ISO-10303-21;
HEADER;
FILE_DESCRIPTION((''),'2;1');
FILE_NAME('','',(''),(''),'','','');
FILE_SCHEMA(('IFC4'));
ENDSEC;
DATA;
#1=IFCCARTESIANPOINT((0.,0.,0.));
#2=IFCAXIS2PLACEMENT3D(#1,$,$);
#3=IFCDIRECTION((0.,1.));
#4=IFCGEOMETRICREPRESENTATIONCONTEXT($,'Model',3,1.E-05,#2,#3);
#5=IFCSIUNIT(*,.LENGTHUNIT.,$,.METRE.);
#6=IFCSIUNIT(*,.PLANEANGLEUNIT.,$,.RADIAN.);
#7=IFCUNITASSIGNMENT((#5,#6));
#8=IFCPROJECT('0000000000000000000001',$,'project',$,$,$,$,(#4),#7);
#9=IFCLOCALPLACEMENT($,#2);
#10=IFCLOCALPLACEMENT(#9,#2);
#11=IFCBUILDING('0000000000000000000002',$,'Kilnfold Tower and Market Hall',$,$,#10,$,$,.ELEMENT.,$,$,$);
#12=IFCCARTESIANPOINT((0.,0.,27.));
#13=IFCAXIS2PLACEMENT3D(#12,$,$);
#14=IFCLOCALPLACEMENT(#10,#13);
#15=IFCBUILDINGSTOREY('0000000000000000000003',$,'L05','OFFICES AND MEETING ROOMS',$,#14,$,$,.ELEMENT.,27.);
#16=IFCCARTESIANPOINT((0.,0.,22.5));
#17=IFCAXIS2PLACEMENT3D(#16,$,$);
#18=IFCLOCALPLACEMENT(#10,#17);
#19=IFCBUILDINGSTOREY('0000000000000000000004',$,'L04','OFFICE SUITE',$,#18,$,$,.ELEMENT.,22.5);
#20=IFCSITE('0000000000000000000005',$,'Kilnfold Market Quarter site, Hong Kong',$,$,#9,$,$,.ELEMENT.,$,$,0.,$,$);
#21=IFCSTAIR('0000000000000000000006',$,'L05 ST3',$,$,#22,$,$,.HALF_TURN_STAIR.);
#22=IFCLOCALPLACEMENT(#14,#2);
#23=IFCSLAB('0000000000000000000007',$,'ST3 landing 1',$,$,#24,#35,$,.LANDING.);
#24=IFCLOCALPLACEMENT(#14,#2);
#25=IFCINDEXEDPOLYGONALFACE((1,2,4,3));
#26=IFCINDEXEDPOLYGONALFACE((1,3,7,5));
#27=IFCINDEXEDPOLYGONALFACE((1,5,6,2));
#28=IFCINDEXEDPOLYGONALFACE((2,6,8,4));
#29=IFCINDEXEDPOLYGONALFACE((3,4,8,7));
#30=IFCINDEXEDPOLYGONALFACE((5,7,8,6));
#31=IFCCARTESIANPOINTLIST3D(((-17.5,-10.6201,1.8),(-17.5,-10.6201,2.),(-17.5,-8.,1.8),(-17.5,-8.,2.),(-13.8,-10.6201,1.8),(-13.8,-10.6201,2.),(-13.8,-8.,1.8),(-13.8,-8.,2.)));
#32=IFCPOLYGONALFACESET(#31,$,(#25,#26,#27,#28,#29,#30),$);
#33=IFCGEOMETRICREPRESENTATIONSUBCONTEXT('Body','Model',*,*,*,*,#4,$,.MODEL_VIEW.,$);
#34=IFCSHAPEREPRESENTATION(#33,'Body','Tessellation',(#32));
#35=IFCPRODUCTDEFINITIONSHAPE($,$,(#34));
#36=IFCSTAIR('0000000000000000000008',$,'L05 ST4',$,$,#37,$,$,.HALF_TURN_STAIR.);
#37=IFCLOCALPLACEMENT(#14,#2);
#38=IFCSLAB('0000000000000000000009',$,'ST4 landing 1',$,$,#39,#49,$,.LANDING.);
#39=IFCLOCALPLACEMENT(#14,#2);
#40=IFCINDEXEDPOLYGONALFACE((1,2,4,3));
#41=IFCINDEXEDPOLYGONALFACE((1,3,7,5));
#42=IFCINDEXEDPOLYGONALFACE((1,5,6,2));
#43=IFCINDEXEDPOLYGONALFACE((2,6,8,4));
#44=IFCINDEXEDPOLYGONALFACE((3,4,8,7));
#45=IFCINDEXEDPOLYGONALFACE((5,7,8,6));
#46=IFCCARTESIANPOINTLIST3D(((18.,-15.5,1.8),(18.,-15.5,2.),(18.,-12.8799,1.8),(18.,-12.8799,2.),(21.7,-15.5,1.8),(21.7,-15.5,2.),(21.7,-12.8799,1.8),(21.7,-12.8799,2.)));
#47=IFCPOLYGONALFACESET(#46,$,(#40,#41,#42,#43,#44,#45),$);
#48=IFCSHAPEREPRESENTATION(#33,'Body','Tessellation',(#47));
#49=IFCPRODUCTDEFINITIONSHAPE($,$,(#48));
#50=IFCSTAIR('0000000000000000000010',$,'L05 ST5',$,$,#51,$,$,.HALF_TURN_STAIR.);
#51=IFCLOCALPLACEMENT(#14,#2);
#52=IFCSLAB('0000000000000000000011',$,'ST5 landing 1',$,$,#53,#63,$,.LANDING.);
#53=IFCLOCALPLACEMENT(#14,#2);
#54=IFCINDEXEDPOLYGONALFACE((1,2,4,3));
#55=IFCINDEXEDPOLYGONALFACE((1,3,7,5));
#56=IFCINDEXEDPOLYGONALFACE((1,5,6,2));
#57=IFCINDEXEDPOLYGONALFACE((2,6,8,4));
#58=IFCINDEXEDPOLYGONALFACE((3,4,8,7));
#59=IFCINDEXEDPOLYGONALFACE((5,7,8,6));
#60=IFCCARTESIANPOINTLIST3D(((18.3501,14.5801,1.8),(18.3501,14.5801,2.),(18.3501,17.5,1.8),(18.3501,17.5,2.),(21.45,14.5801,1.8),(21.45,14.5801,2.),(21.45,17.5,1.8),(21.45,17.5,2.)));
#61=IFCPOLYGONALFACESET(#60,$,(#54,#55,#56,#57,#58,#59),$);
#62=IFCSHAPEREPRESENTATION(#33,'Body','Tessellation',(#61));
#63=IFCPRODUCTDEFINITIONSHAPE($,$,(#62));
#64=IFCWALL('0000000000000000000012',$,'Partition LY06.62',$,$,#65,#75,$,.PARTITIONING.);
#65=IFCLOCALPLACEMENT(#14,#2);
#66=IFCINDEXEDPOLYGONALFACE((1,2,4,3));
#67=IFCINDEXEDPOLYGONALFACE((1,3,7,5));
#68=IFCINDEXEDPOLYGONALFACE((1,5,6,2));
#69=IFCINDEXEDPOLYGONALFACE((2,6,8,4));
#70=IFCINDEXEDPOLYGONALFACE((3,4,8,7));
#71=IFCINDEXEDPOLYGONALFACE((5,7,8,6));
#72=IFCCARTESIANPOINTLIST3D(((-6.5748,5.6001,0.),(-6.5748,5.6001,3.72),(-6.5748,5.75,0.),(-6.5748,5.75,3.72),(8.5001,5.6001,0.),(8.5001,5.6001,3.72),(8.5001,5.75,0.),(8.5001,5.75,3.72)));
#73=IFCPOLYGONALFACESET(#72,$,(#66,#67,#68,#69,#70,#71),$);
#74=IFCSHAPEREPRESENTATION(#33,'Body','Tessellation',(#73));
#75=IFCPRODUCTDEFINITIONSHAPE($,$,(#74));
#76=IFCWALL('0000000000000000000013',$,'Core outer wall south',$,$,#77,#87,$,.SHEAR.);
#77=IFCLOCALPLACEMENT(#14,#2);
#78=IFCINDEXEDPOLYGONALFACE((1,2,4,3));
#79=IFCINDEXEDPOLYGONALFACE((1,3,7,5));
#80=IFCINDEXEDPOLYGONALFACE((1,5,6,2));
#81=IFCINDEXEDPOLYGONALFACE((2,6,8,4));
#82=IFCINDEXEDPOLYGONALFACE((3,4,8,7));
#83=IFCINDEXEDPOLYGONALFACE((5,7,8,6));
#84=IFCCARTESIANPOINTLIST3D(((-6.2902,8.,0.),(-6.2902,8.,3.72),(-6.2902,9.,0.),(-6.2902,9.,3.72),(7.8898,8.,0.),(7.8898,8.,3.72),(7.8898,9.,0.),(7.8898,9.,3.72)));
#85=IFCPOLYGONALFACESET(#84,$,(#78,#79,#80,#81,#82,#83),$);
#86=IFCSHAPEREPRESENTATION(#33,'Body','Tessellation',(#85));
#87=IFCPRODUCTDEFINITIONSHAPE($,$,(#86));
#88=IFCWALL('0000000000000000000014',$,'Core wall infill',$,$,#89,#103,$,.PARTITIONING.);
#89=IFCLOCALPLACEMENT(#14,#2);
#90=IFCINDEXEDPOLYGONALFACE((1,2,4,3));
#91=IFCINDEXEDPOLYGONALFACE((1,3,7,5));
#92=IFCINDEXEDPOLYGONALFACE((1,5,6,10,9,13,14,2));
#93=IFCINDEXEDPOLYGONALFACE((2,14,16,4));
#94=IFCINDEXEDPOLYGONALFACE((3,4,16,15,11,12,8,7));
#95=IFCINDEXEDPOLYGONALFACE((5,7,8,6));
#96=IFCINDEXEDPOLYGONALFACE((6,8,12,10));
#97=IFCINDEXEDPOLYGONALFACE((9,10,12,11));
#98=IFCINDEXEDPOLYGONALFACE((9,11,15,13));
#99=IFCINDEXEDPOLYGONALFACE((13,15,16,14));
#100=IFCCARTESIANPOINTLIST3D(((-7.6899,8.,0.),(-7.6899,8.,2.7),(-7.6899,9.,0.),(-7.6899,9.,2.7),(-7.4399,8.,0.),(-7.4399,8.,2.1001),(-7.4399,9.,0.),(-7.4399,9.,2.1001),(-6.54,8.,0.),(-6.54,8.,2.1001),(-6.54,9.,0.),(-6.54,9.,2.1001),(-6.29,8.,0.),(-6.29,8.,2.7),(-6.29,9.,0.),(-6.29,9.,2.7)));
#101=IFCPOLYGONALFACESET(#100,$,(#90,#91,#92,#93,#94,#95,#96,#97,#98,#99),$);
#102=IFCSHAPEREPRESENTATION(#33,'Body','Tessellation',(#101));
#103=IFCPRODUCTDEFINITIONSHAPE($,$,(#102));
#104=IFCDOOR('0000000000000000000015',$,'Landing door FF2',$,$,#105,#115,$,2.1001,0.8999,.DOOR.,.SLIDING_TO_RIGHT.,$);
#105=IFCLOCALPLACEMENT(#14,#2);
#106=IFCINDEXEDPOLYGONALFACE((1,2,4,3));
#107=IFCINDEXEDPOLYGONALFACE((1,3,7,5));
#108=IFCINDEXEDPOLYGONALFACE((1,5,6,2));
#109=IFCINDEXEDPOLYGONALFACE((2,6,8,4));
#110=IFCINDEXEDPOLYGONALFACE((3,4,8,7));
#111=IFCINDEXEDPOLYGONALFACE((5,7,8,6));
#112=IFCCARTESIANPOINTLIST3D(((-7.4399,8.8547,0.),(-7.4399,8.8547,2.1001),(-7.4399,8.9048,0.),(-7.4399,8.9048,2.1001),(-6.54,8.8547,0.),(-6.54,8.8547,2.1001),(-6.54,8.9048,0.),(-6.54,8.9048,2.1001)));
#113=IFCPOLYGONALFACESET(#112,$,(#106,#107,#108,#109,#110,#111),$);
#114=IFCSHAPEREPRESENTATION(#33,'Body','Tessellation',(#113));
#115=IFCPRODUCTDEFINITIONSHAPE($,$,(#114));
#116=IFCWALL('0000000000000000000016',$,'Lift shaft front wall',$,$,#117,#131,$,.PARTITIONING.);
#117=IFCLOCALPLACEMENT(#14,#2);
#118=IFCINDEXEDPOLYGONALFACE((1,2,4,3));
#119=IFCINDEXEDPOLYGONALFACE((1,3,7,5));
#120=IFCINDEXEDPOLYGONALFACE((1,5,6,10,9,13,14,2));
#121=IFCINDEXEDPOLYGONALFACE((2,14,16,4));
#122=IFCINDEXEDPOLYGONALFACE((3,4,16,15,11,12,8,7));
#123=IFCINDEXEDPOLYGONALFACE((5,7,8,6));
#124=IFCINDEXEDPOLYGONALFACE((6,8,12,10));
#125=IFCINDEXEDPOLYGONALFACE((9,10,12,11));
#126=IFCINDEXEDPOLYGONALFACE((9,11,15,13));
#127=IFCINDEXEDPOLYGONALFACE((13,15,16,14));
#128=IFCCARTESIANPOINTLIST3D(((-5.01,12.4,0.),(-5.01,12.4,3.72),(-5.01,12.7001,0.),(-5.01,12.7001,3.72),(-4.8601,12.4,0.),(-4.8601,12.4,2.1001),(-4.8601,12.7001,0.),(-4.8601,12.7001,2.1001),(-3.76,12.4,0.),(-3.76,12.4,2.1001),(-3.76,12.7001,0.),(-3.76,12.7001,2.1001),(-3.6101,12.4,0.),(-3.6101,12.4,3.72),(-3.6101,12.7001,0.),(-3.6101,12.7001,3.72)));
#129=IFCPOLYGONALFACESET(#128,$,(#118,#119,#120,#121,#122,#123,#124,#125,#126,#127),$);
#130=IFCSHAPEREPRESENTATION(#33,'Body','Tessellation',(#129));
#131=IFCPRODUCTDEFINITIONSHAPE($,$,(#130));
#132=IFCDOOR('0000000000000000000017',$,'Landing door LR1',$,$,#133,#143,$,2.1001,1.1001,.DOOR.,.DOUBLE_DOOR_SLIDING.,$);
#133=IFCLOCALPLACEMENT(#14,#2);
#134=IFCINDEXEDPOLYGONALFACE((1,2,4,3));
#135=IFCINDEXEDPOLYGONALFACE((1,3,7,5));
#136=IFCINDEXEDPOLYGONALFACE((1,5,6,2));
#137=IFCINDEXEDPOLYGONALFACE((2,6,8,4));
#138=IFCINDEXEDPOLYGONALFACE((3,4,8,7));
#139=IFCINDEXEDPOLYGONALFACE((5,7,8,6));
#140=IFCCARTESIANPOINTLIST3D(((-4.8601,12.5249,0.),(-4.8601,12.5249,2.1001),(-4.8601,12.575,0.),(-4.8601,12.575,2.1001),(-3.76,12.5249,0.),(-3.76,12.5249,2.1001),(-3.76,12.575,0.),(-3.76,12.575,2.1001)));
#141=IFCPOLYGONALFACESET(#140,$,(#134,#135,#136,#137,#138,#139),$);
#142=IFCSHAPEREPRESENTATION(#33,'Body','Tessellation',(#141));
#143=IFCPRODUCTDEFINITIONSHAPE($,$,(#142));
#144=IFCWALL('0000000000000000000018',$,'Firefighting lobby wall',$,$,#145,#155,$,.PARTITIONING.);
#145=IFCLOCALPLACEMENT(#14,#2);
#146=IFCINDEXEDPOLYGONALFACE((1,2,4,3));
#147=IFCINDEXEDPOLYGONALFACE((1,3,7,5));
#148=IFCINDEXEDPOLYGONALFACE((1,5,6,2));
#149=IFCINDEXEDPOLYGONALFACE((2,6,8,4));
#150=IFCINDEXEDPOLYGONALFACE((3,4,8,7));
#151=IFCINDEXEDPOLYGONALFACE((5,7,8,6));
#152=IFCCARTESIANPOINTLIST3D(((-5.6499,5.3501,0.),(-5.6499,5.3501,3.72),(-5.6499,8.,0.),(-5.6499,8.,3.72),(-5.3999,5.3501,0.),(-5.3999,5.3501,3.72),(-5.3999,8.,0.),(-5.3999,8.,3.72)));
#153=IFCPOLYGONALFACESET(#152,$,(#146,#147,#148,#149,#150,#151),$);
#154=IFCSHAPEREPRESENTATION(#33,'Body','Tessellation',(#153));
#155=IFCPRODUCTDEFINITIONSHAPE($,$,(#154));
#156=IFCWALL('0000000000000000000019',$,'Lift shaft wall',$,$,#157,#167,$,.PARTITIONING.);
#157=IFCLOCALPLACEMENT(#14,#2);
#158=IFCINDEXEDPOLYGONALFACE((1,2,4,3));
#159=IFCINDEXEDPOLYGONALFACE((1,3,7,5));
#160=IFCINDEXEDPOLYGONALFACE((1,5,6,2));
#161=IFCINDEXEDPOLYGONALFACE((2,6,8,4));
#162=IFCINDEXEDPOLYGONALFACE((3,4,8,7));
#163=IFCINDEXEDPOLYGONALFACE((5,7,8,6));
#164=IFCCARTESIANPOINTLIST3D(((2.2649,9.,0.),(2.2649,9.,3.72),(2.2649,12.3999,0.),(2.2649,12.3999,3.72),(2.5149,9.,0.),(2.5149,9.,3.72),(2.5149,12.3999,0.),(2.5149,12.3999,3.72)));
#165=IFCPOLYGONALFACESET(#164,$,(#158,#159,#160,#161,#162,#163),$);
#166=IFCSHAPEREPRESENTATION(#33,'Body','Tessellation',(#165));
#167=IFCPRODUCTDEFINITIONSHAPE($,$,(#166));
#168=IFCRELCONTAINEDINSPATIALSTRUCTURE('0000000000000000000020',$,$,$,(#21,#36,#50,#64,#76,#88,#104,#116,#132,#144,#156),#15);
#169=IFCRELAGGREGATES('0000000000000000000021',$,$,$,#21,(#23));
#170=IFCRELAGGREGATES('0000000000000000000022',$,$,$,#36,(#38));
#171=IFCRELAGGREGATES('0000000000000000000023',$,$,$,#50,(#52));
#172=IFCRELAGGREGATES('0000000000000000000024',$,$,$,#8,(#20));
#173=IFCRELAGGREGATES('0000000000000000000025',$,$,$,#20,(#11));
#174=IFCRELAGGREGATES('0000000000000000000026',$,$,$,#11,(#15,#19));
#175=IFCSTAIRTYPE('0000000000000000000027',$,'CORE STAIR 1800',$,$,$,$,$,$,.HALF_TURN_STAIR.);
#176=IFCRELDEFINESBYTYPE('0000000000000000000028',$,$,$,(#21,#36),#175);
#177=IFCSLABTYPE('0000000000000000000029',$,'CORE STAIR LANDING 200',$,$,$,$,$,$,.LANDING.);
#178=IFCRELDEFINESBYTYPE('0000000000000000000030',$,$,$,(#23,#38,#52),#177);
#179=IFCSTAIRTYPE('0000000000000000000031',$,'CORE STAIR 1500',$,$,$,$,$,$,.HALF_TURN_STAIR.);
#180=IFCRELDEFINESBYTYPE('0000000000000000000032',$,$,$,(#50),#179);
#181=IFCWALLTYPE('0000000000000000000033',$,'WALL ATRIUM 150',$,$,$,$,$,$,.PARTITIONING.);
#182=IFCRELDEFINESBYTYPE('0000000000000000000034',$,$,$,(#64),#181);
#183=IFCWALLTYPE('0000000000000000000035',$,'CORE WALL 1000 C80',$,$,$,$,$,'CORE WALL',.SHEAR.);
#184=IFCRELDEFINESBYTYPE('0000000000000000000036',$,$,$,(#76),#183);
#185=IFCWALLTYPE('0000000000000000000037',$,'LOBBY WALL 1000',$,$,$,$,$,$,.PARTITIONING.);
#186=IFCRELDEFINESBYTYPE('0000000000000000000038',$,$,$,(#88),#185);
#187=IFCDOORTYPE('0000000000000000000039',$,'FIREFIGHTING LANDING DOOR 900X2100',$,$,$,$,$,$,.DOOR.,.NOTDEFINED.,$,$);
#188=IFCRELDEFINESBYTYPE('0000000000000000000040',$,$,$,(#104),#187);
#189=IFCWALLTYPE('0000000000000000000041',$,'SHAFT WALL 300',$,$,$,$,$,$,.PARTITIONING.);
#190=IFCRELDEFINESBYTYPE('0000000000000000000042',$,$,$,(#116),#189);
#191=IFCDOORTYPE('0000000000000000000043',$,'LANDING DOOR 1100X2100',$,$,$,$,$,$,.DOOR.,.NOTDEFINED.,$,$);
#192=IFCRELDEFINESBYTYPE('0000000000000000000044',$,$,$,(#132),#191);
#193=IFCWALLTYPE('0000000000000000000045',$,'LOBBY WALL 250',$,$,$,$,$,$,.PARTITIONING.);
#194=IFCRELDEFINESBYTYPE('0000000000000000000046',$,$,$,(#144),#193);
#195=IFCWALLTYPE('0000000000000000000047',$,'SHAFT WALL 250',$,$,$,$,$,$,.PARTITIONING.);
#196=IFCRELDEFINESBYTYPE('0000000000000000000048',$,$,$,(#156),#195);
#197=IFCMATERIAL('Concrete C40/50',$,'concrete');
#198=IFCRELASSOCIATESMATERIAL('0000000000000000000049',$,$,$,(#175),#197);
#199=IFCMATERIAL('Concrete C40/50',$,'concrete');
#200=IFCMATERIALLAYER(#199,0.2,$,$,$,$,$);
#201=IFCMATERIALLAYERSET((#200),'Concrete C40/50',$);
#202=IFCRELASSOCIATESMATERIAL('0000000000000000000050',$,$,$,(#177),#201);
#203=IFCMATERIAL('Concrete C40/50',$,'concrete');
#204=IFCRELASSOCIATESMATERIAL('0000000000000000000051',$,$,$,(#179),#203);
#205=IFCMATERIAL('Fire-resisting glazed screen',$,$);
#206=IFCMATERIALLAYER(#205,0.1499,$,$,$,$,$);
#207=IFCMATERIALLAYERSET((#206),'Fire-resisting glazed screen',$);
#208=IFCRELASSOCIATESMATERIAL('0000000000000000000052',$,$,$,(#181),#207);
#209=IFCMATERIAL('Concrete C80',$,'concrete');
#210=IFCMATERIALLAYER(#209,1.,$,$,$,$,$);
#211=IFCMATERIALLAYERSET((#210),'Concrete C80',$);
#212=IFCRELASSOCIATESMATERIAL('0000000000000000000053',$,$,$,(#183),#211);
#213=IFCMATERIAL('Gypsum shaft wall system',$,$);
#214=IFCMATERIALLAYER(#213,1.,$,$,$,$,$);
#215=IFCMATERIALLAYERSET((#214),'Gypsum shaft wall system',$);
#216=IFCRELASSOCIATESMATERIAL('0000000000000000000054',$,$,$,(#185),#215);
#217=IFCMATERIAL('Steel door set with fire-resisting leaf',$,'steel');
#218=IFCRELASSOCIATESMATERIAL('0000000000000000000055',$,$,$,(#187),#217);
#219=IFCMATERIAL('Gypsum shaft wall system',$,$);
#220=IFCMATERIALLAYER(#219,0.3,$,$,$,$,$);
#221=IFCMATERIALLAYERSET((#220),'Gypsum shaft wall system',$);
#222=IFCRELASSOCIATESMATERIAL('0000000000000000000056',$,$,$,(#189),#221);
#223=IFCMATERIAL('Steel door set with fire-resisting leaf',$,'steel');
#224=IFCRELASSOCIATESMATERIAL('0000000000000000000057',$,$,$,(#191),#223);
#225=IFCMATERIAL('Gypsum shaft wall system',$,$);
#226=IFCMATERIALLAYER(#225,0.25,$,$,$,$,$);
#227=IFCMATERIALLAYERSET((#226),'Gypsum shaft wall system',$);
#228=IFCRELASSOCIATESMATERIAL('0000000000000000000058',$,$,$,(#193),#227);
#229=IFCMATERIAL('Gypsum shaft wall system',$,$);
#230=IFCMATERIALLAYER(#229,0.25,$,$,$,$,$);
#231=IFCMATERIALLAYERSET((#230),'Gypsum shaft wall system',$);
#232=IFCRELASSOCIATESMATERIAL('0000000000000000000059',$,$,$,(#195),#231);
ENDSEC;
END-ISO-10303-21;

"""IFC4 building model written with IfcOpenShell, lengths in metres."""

from ifc_helpers import new_model, si_unit, direction, frame, frame_2d, origin, place, context, subcontext, project, spatial, polyline, rectangle, outline, extrude, source, transform, mapped, material, layer, layer_set, type_object, element, fill, aggregate, save


model = new_model("IFC4")

# Units and contexts
model_context = context("Model", 3, precision=1e-05, world=origin(), true_north=direction((0.0, 1.0)))
body_context = subcontext(model_context, "Body", "Model", "MODEL_VIEW")
ifc_project = project(units=[si_unit("LENGTHUNIT", "METRE"), si_unit("PLANEANGLEUNIT", "RADIAN")], contexts=[model_context])

# Site, building, storey
site_placement = place(None, origin())
site = spatial("IfcSite", under=ifc_project, at=site_placement, Name="Kilnfold Market Quarter site, Hong Kong", CompositionType="ELEMENT", RefElevation=0.0)
building_placement = place(site_placement, origin())
building = spatial("IfcBuilding", under=site, at=building_placement, Name="Kilnfold Tower and Market Hall", CompositionType="ELEMENT")
storey_1_placement = place(building_placement, frame((0.0, 0.0, 27.0)))
storey_1 = spatial("IfcBuildingStorey", under=building, at=storey_1_placement, Name="L05", Description="OFFICES AND MEETING ROOMS", CompositionType="ELEMENT", Elevation=27.0)

# Shared definitions
storey_2_placement = place(building_placement, frame((0.0, 0.0, 22.5)))
storey_2 = spatial("IfcBuildingStorey", under=building, at=storey_2_placement, Name="L04", Description="OFFICE SUITE", CompositionType="ELEMENT", Elevation=22.5)

# Stairs, slabs
ifc_material_1 = material(Name="Concrete C40/50", Category="concrete")
stair_type_1 = type_object("IfcStairType", Name="CORE STAIR 1800", PredefinedType="HALF_TURN_STAIR", material=ifc_material_1)
ifc_material_2 = material(Name="Concrete C40/50", Category="concrete")
ifc_layer_1 = layer(ifc_material_2, 0.2)
ifc_layer_set_1 = layer_set([ifc_layer_1], Name="Concrete C40/50")
slab_type_1 = type_object("IfcSlabType", Name="CORE STAIR LANDING 200", PredefinedType="LANDING", material=ifc_layer_set_1)
stair_1_placement = place(storey_1_placement, origin())
stair_1 = element("IfcStair", 1, at=stair_1_placement, inside=storey_1, type_object=stair_type_1, Name="L05 ST3", PredefinedType="HALF_TURN_STAIR")
shared_shape_1 = source(origin(), body_context, "Body", "SweptSolid", [
    extrude(outline(polyline([(-13.8, -10.6201), (-13.8, -8.0), (-17.5, -8.0), (-17.5, -10.6201), (-13.8, -10.6201)])), origin(), (0.0, 0.0, 1.0), 0.2),
])
slab_1_placement = place(storey_1_placement, frame((0.0, 0.0, 1.8)))
slab_1 = element("IfcSlab", 2, at=slab_1_placement, type_object=slab_type_1, Name="ST3 landing 1", PredefinedType="LANDING", context=body_context, shape_type="MappedRepresentation", body=[
    mapped(shared_shape_1, transform((0.0, 0.0, 0.0))),
])
aggregate(stair_1, [slab_1])
stair_2_placement = place(storey_1_placement, origin())
stair_2 = element("IfcStair", 3, at=stair_2_placement, inside=storey_1, type_object=stair_type_1, Name="L05 ST4", PredefinedType="HALF_TURN_STAIR")
shared_shape_2 = source(origin(), body_context, "Body", "SweptSolid", [
    extrude(outline(polyline([(18.0, -12.8799), (18.0, -15.5), (21.7, -15.5), (21.7, -12.8799), (18.0, -12.8799)])), origin(), (0.0, 0.0, 1.0), 0.2),
])
slab_2_placement = place(storey_1_placement, frame((0.0, 0.0, 1.8)))
slab_2 = element("IfcSlab", 4, at=slab_2_placement, type_object=slab_type_1, Name="ST4 landing 1", PredefinedType="LANDING", context=body_context, shape_type="MappedRepresentation", body=[
    mapped(shared_shape_2, transform((0.0, 0.0, 0.0))),
])
aggregate(stair_2, [slab_2])
ifc_material_3 = material(Name="Concrete C40/50", Category="concrete")
stair_type_2 = type_object("IfcStairType", Name="CORE STAIR 1500", PredefinedType="HALF_TURN_STAIR", material=ifc_material_3)
stair_3_placement = place(storey_1_placement, origin())
stair_3 = element("IfcStair", 5, at=stair_3_placement, inside=storey_1, type_object=stair_type_2, Name="L05 ST5", PredefinedType="HALF_TURN_STAIR")
shared_shape_3 = source(origin(), body_context, "Body", "SweptSolid", [
    extrude(outline(polyline([(21.45, 14.5801), (21.45, 17.5), (18.3501, 17.5), (18.3501, 14.5801), (21.45, 14.5801)])), origin(), (0.0, 0.0, 1.0), 0.2),
])
slab_3_placement = place(storey_1_placement, frame((0.0, 0.0, 1.8)))
slab_3 = element("IfcSlab", 6, at=slab_3_placement, type_object=slab_type_1, Name="ST5 landing 1", PredefinedType="LANDING", context=body_context, shape_type="MappedRepresentation", body=[
    mapped(shared_shape_3, transform((0.0, 0.0, 0.0))),
])
aggregate(stair_3, [slab_3])

# Walls
ifc_material_4 = material(Name="Fire-resisting glazed screen")
ifc_layer_2 = layer(ifc_material_4, 0.1499)
ifc_layer_set_2 = layer_set([ifc_layer_2], Name="Fire-resisting glazed screen")
wall_type_1 = type_object("IfcWallType", Name="WALL ATRIUM 150", PredefinedType="PARTITIONING", material=ifc_layer_set_2)
wall_1_placement = place(storey_1_placement, frame((-6.575, 5.675, 0.0), z_axis=(0.0, 0.0, 1.0), x_axis=(1.0, 0.0, 0.0)))
element("IfcWall", 7, at=wall_1_placement, inside=storey_1, type_object=wall_type_1, Name="Partition LY06.62", PredefinedType="PARTITIONING", context=body_context, shape_type="SweptSolid", body=[
    extrude(rectangle(XDim=15.075, YDim=0.1499, at=frame_2d((7.5376, 0.0))), origin(), (0.0, 0.0, 1.0), 3.72),
])
ifc_material_5 = material(Name="Concrete C80", Category="concrete")
ifc_layer_3 = layer(ifc_material_5, 1.0)
ifc_layer_set_3 = layer_set([ifc_layer_3], Name="Concrete C80")
wall_type_2 = type_object("IfcWallType", Name="CORE WALL 1000 C80", ElementType="CORE WALL", PredefinedType="SHEAR", material=ifc_layer_set_3)
shared_shape_4 = source(origin(), body_context, "Body", "SweptSolid", [
    extrude(rectangle(XDim=14.1799, YDim=1.0, at=frame_2d((7.0898, 0.0))), origin(), (0.0, 0.0, 1.0), 3.72),
])
wall_2_placement = place(storey_1_placement, frame((-6.29, 8.5, 0.0), z_axis=(0.0, 0.0, 1.0), x_axis=(1.0, 0.0, 0.0)))
element("IfcWall", 8, at=wall_2_placement, inside=storey_1, type_object=wall_type_2, Name="Core outer wall south", PredefinedType="SHEAR", context=body_context, shape_type="MappedRepresentation", body=[
    mapped(shared_shape_4, transform((0.0, 0.0, 0.0))),
])

# Walls, openings, doors
ifc_material_6 = material(Name="Gypsum shaft wall system")
ifc_layer_4 = layer(ifc_material_6, 1.0)
ifc_layer_set_4 = layer_set([ifc_layer_4], Name="Gypsum shaft wall system")
wall_type_3 = type_object("IfcWallType", Name="LOBBY WALL 1000", PredefinedType="PARTITIONING", material=ifc_layer_set_4)
shared_shape_5 = source(origin(), body_context, "Body", "SweptSolid", [
    extrude(rectangle(XDim=1.3999, YDim=1.0, at=frame_2d((0.7, 0.0))), origin(), (0.0, 0.0, 1.0), 2.7),
])
wall_3_placement = place(storey_1_placement, frame((-7.6899, 8.5, 0.0), z_axis=(0.0, 0.0, 1.0), x_axis=(1.0, 0.0, 0.0)))
wall_3 = element("IfcWall", 9, at=wall_3_placement, inside=storey_1, type_object=wall_type_3, Name="Core wall infill", PredefinedType="PARTITIONING", context=body_context, shape_type="MappedRepresentation", body=[
    mapped(shared_shape_5, transform((0.0, 0.0, 0.0))),
])
opening_1_placement = place(wall_3_placement, frame((0.25, 0.0, 0.0)))
opening_1 = element("IfcOpeningElement", 10, at=opening_1_placement, cuts=wall_3, PredefinedType="OPENING", context=body_context, shape_type="SweptSolid", body=[
    extrude(rectangle(XDim=0.8999, YDim=2.1001, at=frame_2d((0.45, 1.05))), frame((0.0, 0.51, 0.0), z_axis=(0.0, -1.0, 0.0), x_axis=(1.0, 0.0, 0.0)), (0.0, 0.0, 1.0), 1.02),
])
ifc_material_7 = material(Name="Steel door set with fire-resisting leaf", Category="steel")
door_type_1 = type_object("IfcDoorType", Name="FIREFIGHTING LANDING DOOR 900X2100", OperationType="NOTDEFINED", PredefinedType="DOOR", material=ifc_material_7)
door_1_placement = place(opening_1_placement, origin())
door_1 = element("IfcDoor", 11, at=door_1_placement, inside=storey_1, type_object=door_type_1, Name="Landing door FF2", OperationType="SLIDING_TO_RIGHT", OverallHeight=2.1001, OverallWidth=0.8999, PredefinedType="DOOR", context=body_context, shape_type="SweptSolid", body=[
    extrude(rectangle(XDim=0.8999, YDim=2.1001, at=frame_2d((0.45, 1.05))), frame((0.0, 0.4048, 0.0), z_axis=(0.0, -1.0, 0.0), x_axis=(1.0, 0.0, 0.0)), (0.0, 0.0, 1.0), 0.05),
])
fill(opening_1, door_1)
ifc_material_8 = material(Name="Gypsum shaft wall system")
ifc_layer_5 = layer(ifc_material_8, 0.3)
ifc_layer_set_5 = layer_set([ifc_layer_5], Name="Gypsum shaft wall system")
wall_type_4 = type_object("IfcWallType", Name="SHAFT WALL 300", PredefinedType="PARTITIONING", material=ifc_layer_set_5)
shared_shape_6 = source(origin(), body_context, "Body", "SweptSolid", [
    extrude(rectangle(XDim=1.3999, YDim=0.3, at=frame_2d((0.7, 0.0))), origin(), (0.0, 0.0, 1.0), 3.72),
])
wall_4_placement = place(storey_1_placement, frame((-5.01, 12.55, 0.0), z_axis=(0.0, 0.0, 1.0), x_axis=(1.0, 0.0, 0.0)))
wall_4 = element("IfcWall", 12, at=wall_4_placement, inside=storey_1, type_object=wall_type_4, Name="Lift shaft front wall", PredefinedType="PARTITIONING", context=body_context, shape_type="MappedRepresentation", body=[
    mapped(shared_shape_6, transform((0.0, 0.0, 0.0))),
])
opening_2_placement = place(wall_4_placement, frame((0.1499, 0.0, 0.0)))
opening_2 = element("IfcOpeningElement", 13, at=opening_2_placement, cuts=wall_4, PredefinedType="OPENING", context=body_context, shape_type="SweptSolid", body=[
    extrude(rectangle(XDim=1.1001, YDim=2.1001, at=frame_2d((0.55, 1.05))), frame((0.0, 0.1602, 0.0), z_axis=(0.0, -1.0, 0.0), x_axis=(1.0, 0.0, 0.0)), (0.0, 0.0, 1.0), 0.3201),
])
ifc_material_9 = material(Name="Steel door set with fire-resisting leaf", Category="steel")
door_type_2 = type_object("IfcDoorType", Name="LANDING DOOR 1100X2100", OperationType="NOTDEFINED", PredefinedType="DOOR", material=ifc_material_9)
door_2_placement = place(opening_2_placement, origin())
door_2 = element("IfcDoor", 14, at=door_2_placement, inside=storey_1, type_object=door_type_2, Name="Landing door LR1", OperationType="DOUBLE_DOOR_SLIDING", OverallHeight=2.1001, OverallWidth=1.1001, PredefinedType="DOOR", context=body_context, shape_type="SweptSolid", body=[
    extrude(rectangle(XDim=1.1001, YDim=2.1001, at=frame_2d((0.55, 1.05))), frame((0.0, 0.0249, 0.0), z_axis=(0.0, -1.0, 0.0), x_axis=(1.0, 0.0, 0.0)), (0.0, 0.0, 1.0), 0.05),
])
fill(opening_2, door_2)

# Walls
ifc_material_10 = material(Name="Gypsum shaft wall system")
ifc_layer_6 = layer(ifc_material_10, 0.25)
ifc_layer_set_6 = layer_set([ifc_layer_6], Name="Gypsum shaft wall system")
wall_type_5 = type_object("IfcWallType", Name="LOBBY WALL 250", PredefinedType="PARTITIONING", material=ifc_layer_set_6)
shared_shape_7 = source(origin(), body_context, "Body", "SweptSolid", [
    extrude(rectangle(XDim=2.6499, YDim=0.25, at=frame_2d((1.325, 0.0))), origin(), (0.0, 0.0, 1.0), 3.72),
])
wall_5_placement = place(storey_1_placement, frame((-5.5249, 5.3501, 0.0), z_axis=(0.0, 0.0, 1.0), x_axis=(0.0, 1.0, 0.0)))
element("IfcWall", 15, at=wall_5_placement, inside=storey_1, type_object=wall_type_5, Name="Firefighting lobby wall", PredefinedType="PARTITIONING", context=body_context, shape_type="MappedRepresentation", body=[
    mapped(shared_shape_7, transform((0.0, 0.0, 0.0))),
])
ifc_material_11 = material(Name="Gypsum shaft wall system")
ifc_layer_7 = layer(ifc_material_11, 0.25)
ifc_layer_set_7 = layer_set([ifc_layer_7], Name="Gypsum shaft wall system")
wall_type_6 = type_object("IfcWallType", Name="SHAFT WALL 250", PredefinedType="PARTITIONING", material=ifc_layer_set_7)
shared_shape_8 = source(origin(), body_context, "Body", "SweptSolid", [
    extrude(rectangle(XDim=3.3999, YDim=0.25, at=frame_2d((1.7, 0.0))), origin(), (0.0, 0.0, 1.0), 3.72),
])
for number, where, z_axis, x_axis, name in (
    (16, (2.3899, 9.0, 0.0), (0.0, 0.0, 1.0), (0.0, 1.0, 0.0), "Lift shaft wall"),
):
    element("IfcWall", number, at=place(storey_1_placement, frame(where, z_axis=z_axis, x_axis=x_axis)), inside=storey_1, type_object=wall_type_6, Name=name, PredefinedType="PARTITIONING", context=body_context, shape_type="MappedRepresentation", body=[
        mapped(shared_shape_8, transform((0.0, 0.0, 0.0))),
    ])

save(model, "model.ifc")
